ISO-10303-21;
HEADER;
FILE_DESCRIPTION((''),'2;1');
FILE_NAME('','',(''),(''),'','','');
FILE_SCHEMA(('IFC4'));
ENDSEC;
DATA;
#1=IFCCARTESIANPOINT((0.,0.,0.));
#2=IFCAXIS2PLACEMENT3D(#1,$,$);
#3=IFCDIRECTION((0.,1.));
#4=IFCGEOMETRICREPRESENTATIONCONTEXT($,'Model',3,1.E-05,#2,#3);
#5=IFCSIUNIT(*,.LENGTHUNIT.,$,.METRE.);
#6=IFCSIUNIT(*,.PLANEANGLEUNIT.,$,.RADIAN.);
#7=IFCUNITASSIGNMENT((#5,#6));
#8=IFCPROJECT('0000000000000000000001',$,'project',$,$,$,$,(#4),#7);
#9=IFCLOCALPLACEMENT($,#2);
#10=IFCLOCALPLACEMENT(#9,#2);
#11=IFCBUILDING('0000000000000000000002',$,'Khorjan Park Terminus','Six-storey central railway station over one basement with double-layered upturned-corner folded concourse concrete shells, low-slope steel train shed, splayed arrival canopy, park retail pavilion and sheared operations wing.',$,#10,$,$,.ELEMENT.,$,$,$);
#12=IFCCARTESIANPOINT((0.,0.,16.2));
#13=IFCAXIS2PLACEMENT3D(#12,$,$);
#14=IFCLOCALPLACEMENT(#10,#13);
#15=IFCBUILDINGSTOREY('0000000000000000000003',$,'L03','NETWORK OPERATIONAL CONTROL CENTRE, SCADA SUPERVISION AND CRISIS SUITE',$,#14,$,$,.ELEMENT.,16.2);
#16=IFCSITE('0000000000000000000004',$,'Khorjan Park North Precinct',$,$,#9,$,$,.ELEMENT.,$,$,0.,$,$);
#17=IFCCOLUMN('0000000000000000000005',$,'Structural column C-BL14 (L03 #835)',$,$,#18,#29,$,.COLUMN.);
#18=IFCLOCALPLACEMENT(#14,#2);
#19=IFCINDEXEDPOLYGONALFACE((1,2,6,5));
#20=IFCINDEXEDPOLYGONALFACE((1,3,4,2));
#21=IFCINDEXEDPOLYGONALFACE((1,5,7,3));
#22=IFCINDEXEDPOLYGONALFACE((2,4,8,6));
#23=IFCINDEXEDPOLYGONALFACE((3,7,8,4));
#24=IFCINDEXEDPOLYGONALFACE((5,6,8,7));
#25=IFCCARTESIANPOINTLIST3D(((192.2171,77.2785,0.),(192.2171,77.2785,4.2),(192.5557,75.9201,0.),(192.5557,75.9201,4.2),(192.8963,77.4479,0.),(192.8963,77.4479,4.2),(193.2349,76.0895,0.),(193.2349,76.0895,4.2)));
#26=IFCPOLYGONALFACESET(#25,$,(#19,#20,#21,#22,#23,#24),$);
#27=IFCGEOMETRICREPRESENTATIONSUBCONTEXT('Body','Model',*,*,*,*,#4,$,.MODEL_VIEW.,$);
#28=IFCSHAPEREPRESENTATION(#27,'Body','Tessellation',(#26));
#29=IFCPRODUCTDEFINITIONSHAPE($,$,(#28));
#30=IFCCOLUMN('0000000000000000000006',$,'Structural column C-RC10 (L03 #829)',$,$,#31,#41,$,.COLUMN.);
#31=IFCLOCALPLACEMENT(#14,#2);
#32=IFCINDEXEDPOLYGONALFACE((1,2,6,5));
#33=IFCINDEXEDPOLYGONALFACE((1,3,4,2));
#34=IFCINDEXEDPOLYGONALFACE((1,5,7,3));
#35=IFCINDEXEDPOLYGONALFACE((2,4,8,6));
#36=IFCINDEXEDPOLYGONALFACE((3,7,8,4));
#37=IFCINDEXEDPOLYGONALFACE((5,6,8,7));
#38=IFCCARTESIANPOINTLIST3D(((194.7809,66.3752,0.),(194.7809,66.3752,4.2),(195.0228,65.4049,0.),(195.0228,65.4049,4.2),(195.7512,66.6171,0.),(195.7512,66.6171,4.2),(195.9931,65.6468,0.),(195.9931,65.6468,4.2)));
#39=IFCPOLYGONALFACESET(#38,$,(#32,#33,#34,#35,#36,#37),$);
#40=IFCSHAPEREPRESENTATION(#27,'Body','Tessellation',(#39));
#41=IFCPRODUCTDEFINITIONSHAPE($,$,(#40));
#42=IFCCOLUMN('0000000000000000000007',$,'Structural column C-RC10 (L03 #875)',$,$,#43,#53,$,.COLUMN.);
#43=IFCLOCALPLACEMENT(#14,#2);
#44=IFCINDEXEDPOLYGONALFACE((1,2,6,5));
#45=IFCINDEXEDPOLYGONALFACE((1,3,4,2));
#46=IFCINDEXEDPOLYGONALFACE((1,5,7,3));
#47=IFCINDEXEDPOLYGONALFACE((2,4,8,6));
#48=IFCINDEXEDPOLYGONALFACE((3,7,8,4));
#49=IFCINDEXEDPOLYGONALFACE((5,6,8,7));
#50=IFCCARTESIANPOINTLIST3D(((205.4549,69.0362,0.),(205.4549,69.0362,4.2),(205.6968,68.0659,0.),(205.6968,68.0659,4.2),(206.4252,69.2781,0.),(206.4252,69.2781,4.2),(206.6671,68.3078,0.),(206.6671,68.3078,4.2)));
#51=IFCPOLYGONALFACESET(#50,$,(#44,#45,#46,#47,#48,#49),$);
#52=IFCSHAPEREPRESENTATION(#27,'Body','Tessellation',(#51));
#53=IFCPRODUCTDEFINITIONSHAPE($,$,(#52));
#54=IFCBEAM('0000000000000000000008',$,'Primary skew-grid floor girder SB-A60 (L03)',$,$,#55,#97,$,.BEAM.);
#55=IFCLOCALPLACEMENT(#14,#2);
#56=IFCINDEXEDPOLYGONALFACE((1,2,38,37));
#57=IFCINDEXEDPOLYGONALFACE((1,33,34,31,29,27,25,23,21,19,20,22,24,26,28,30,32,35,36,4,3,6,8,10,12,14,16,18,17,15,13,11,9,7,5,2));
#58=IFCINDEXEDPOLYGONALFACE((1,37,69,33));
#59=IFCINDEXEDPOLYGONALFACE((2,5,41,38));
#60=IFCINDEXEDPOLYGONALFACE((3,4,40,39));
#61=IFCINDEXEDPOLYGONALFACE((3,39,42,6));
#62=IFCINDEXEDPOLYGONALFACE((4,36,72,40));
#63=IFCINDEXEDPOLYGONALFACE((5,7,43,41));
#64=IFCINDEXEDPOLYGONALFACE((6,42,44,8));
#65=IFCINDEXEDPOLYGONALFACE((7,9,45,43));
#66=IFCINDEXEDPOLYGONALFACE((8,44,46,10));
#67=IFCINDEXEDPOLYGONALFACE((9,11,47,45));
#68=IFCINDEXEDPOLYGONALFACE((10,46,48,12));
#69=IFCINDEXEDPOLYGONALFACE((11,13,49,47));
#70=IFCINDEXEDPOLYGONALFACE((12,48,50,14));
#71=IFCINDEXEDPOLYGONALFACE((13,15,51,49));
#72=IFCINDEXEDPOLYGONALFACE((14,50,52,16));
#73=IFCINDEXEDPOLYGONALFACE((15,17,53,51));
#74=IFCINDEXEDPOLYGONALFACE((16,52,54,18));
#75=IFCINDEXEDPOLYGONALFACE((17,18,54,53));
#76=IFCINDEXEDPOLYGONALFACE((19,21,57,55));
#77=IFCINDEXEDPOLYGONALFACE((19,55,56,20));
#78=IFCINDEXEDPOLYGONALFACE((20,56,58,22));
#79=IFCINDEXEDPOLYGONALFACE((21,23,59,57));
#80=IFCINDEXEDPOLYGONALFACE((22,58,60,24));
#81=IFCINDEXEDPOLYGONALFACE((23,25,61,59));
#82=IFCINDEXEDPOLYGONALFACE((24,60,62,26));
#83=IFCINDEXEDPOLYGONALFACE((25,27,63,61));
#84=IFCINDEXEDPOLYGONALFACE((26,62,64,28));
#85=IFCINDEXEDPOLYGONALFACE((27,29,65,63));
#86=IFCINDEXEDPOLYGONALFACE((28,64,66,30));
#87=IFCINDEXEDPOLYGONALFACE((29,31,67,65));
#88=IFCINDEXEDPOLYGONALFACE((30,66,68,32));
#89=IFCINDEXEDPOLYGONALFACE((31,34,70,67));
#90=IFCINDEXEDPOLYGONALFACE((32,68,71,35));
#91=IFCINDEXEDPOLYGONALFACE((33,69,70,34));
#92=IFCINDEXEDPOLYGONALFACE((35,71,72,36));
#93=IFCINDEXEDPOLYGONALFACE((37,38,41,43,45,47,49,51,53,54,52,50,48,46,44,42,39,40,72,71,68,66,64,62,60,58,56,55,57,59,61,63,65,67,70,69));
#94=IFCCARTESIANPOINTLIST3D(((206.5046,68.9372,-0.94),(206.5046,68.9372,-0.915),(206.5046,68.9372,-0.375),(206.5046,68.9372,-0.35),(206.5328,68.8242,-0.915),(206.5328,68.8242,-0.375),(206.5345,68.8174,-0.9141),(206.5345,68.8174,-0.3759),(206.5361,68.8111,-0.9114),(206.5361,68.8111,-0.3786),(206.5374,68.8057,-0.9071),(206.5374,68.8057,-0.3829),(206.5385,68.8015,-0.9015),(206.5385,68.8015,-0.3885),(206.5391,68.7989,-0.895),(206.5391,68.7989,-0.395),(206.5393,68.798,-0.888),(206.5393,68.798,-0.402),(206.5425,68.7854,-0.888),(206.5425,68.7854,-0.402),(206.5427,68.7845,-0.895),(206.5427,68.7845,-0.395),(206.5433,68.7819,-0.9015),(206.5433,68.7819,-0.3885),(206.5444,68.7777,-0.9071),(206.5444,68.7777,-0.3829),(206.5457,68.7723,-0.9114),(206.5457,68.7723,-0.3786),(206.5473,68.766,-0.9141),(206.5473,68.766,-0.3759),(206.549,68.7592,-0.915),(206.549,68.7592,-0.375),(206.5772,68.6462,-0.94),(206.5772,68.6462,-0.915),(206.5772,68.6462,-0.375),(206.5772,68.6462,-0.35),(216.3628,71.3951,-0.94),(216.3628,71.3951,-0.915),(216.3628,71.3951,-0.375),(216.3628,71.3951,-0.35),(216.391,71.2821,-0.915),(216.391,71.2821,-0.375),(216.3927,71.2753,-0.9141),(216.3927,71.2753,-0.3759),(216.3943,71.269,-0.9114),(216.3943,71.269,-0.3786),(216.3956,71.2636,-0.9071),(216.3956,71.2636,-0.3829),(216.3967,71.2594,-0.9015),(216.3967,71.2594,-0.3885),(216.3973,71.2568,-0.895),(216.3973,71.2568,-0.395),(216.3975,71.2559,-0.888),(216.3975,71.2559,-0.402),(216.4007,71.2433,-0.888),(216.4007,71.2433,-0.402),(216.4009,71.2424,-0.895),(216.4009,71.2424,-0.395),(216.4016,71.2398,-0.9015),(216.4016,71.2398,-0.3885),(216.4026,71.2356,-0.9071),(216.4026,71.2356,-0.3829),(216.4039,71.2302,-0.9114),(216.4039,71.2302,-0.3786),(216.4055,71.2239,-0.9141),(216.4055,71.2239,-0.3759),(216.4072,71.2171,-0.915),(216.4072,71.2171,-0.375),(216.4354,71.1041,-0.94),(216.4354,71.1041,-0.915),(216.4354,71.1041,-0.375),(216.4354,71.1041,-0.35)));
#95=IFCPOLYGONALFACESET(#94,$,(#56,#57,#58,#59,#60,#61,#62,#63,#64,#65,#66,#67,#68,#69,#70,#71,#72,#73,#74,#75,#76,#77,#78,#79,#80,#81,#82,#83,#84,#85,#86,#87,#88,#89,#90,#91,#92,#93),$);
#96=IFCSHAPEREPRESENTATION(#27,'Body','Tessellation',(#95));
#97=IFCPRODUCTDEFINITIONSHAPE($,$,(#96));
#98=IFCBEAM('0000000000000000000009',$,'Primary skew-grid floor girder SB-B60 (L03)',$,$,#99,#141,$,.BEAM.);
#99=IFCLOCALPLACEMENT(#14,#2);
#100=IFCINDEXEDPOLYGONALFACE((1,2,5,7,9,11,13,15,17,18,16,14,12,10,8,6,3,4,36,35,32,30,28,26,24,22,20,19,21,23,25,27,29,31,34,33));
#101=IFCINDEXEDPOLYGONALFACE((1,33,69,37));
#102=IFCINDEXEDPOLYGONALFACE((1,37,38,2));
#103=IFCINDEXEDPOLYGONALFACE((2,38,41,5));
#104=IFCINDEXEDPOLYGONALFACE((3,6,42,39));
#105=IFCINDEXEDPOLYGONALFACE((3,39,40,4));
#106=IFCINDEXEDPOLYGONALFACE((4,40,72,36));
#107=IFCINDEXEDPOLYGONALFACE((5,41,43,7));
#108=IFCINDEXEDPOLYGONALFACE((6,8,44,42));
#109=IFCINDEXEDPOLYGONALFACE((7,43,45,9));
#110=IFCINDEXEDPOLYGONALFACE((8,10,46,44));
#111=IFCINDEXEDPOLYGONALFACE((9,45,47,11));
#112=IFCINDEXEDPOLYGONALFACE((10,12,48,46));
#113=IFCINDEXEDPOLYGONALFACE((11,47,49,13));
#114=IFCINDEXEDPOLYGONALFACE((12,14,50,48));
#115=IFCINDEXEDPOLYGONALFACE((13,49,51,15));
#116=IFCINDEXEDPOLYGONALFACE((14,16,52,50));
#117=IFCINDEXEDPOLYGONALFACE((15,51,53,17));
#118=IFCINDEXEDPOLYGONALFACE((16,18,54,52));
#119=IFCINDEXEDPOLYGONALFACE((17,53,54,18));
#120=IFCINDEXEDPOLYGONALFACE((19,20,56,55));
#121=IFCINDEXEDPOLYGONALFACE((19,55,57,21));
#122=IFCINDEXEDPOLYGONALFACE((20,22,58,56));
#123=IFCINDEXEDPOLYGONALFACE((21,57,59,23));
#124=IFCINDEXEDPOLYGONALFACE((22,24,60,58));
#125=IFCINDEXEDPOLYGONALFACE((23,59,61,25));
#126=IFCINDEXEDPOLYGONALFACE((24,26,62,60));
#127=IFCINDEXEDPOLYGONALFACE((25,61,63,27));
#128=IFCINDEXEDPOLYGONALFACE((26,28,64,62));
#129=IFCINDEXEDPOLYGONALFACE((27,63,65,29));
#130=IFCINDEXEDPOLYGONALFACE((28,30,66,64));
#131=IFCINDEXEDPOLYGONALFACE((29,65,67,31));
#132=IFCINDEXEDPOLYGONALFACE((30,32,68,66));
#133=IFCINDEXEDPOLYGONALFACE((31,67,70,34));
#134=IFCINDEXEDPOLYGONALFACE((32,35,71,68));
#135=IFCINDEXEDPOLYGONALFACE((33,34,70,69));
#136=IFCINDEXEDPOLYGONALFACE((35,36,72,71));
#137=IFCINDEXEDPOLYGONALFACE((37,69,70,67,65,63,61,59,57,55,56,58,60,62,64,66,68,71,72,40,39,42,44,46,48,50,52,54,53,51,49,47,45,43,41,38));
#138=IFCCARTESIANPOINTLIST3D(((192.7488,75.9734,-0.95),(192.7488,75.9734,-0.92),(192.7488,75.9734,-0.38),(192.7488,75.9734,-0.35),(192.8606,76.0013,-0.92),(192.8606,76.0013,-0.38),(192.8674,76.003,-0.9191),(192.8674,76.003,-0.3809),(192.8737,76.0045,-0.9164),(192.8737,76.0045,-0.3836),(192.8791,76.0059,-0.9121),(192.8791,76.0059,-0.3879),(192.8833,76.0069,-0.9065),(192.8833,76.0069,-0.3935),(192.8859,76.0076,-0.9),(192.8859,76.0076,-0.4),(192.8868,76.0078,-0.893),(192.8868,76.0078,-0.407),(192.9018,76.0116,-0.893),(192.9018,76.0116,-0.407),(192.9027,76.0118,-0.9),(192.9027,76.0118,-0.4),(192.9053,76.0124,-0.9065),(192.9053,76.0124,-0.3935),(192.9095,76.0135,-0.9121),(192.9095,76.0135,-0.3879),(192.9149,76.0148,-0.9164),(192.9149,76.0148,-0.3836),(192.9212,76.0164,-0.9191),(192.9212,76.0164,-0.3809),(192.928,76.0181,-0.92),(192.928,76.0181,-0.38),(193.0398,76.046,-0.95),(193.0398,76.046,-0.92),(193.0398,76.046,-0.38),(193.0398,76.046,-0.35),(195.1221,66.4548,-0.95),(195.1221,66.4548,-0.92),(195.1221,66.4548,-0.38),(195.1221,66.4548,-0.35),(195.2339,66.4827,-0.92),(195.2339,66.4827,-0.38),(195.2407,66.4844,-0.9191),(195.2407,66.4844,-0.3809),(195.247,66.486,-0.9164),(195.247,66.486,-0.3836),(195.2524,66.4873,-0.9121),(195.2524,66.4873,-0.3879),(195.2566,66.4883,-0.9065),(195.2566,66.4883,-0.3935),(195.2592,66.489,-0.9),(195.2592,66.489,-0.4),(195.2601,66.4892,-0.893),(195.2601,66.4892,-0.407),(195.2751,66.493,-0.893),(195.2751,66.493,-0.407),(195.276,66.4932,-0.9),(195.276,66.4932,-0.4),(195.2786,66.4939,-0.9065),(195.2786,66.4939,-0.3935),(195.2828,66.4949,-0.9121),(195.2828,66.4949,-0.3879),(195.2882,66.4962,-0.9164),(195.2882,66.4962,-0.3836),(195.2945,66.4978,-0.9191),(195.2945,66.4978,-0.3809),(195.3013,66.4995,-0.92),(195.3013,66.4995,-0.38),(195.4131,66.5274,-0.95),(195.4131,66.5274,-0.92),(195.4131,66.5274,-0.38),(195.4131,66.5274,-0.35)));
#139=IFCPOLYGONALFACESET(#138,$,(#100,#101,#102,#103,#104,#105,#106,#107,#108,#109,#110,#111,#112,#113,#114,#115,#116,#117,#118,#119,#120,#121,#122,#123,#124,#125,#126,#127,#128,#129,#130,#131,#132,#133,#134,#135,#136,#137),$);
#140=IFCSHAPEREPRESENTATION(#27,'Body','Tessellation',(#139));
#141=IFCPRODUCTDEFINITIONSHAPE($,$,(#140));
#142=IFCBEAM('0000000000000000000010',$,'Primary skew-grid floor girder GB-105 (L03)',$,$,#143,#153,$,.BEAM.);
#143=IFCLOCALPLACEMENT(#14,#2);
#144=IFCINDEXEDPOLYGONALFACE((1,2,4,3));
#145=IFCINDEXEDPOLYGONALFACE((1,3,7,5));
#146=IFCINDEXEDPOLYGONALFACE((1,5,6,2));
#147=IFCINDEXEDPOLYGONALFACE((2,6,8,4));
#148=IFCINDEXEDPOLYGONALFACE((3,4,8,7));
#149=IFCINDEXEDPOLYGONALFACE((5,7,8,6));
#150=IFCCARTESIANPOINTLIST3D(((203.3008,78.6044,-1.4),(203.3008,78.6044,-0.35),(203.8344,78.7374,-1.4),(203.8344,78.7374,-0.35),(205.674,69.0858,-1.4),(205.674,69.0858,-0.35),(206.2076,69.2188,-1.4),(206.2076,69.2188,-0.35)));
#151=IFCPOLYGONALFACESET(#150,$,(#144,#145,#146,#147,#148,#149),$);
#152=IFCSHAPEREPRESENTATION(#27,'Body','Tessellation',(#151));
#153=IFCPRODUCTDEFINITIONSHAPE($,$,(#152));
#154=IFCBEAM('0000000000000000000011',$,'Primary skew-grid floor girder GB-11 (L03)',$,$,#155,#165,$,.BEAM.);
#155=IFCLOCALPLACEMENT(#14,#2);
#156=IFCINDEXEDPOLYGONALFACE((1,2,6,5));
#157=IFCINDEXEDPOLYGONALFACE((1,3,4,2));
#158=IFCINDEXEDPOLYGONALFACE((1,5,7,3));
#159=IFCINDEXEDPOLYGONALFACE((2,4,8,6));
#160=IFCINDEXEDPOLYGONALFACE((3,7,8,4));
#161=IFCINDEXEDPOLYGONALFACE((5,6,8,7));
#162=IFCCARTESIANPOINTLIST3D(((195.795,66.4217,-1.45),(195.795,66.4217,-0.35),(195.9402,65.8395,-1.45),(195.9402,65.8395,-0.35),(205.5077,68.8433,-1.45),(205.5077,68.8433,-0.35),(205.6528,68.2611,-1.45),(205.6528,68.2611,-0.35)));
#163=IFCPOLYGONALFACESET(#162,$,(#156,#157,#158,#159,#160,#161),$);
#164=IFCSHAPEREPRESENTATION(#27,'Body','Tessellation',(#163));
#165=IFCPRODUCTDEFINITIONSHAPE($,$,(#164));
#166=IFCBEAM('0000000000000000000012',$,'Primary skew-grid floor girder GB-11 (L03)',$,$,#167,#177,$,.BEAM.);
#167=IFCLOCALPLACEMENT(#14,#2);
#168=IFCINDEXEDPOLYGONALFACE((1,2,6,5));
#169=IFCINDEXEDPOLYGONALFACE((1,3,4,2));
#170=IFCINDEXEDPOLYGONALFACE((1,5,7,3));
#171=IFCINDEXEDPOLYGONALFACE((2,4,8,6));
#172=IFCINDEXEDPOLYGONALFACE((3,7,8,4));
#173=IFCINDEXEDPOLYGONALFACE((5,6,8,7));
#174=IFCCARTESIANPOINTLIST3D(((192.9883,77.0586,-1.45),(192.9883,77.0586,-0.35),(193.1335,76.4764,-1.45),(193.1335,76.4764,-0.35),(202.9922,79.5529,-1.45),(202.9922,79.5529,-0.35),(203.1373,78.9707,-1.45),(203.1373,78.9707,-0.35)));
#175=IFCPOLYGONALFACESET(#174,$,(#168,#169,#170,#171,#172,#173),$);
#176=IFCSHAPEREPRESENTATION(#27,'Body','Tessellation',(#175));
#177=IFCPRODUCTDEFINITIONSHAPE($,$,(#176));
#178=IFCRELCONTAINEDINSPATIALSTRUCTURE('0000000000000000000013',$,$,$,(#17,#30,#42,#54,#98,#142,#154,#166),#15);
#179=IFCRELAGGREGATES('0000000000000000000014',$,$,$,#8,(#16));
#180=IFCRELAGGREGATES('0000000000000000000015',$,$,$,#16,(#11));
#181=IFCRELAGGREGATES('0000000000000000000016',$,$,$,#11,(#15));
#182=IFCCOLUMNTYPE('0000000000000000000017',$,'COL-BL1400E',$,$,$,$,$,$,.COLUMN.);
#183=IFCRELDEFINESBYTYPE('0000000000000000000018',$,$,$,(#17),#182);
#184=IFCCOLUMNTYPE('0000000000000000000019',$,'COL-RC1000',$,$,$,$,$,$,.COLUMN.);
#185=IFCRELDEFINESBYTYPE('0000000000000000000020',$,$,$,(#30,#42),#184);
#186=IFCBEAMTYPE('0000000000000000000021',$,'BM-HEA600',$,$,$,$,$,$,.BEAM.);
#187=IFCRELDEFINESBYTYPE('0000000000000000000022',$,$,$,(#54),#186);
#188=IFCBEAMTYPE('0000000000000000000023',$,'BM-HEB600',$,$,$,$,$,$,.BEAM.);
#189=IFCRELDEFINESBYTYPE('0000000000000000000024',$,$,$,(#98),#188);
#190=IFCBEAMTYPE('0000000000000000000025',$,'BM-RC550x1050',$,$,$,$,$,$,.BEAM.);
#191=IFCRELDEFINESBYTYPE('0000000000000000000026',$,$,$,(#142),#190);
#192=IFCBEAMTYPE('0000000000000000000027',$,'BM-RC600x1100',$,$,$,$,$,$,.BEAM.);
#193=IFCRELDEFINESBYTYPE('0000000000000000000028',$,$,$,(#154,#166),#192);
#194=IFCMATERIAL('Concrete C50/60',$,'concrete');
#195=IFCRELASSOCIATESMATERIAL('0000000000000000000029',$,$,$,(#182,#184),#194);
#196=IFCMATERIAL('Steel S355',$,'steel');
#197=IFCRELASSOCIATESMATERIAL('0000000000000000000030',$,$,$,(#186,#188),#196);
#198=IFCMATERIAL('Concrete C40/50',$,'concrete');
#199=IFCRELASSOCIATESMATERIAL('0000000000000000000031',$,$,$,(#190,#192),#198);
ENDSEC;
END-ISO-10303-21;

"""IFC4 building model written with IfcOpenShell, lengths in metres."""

from ifc_helpers import new_model, si_unit, direction, frame, origin, origin_2d, place, context, subcontext, project, spatial, rectangle, i_section, extrude, material, material_profile, profile_set, type_object, element, save


model = new_model("IFC4")

# Units and contexts
model_context = context("Model", 3, precision=1e-05, world=origin(), true_north=direction((0.0, 1.0)))
body_context = subcontext(model_context, "Body", "Model", "MODEL_VIEW")
ifc_project = project(units=[si_unit("LENGTHUNIT", "METRE"), si_unit("PLANEANGLEUNIT", "RADIAN")], contexts=[model_context])

# Site, building, storey
site_placement = place(None, origin())
site = spatial("IfcSite", under=ifc_project, at=site_placement, Name="Khorjan Park North Precinct", CompositionType="ELEMENT", RefElevation=0.0)
building_placement = place(site_placement, origin())
building = spatial("IfcBuilding", under=site, at=building_placement, Name="Khorjan Park Terminus", Description="Six-storey central railway station over one basement with double-layered upturned-corner folded concourse concrete shells, low-slope steel train shed, splayed arrival canopy, park retail pavilion and sheared operations wing.", CompositionType="ELEMENT")
storey_placement = place(building_placement, frame((0.0, 0.0, 16.2)))
storey = spatial("IfcBuildingStorey", under=building, at=storey_placement, Name="L03", Description="NETWORK OPERATIONAL CONTROL CENTRE, SCADA SUPERVISION AND CRISIS SUITE", CompositionType="ELEMENT", Elevation=16.2)

# Columns
ifc_material_1 = material(Name="Concrete C50/60", Category="concrete")
ifc_material_profile_1 = material_profile(ifc_material_1, rectangle(XDim=0.7, YDim=1.4, at=origin_2d()), Name="RC 700x1400")
ifc_profile_set_1 = profile_set([ifc_material_profile_1], Name="Concrete C50/60")
column_type_1 = type_object("IfcColumnType", Name="COL-BL1400E", PredefinedType="COLUMN", material=ifc_profile_set_1)
column_placement = place(storey_placement, frame((192.726, 76.684, 0.0), z_axis=(0.0, 0.0, 1.0), x_axis=(0.970296, 0.241922, 0.0)))
element("IfcColumn", 1, at=column_placement, inside=storey, type_object=column_type_1, Name="Structural column C-BL14 (L03 #835)", PredefinedType="COLUMN", context=body_context, shape_type="SweptSolid", body=[
    extrude(rectangle(XDim=0.7, YDim=1.4, at=origin_2d()), origin(), (0.0, 0.0, 1.0), 4.2),
])
ifc_material_profile_2 = material_profile(ifc_material_1, rectangle(XDim=1.0, YDim=1.0, at=origin_2d()), Name="RC 1000x1000")
ifc_profile_set_2 = profile_set([ifc_material_profile_2], Name="Concrete C50/60")
column_type_2 = type_object("IfcColumnType", Name="COL-RC1000", PredefinedType="COLUMN", material=ifc_profile_set_2)
for number, where, z_axis, x_axis, name in (
    (2, (195.387, 66.011, 0.0), (0.0, 0.0, 1.0), (0.970296, 0.241922, 0.0), "Structural column C-RC10 (L03 #829)"),
    (3, (206.061, 68.672, 0.0), (0.0, 0.0, 1.0), (0.970296, 0.241922, 0.0), "Structural column C-RC10 (L03 #875)"),
):
    element("IfcColumn", number, at=place(storey_placement, frame(where, z_axis=z_axis, x_axis=x_axis)), inside=storey, type_object=column_type_2, Name=name, PredefinedType="COLUMN", context=body_context, shape_type="SweptSolid", body=[
        extrude(rectangle(XDim=1.0, YDim=1.0, at=origin_2d()), origin(), (0.0, 0.0, 1.0), 4.2),
    ])

# Beams
ifc_material_2 = material(Name="Steel S355", Category="steel")
ifc_material_profile_3 = material_profile(ifc_material_2, i_section(OverallWidth=0.3, OverallDepth=0.59, WebThickness=0.013, FlangeThickness=0.025, FilletRadius=0.027, at=origin_2d()), Name="HEA 600")
ifc_profile_set_3 = profile_set([ifc_material_profile_3], Name="Steel S355")
beam_type_1 = type_object("IfcBeamType", Name="BM-HEA600", PredefinedType="BEAM", material=ifc_profile_set_3)
beam_1_placement = place(storey_placement, frame((206.5409, 68.7917, -0.645), z_axis=(0.970296, 0.24192, 0.0), x_axis=(-0.24192, 0.970296, 0.0)))
element("IfcBeam", 4, at=beam_1_placement, inside=storey, type_object=beam_type_1, Name="Primary skew-grid floor girder SB-A60 (L03)", PredefinedType="BEAM", context=body_context, shape_type="SweptSolid", body=[
    extrude(i_section(OverallWidth=0.3, OverallDepth=0.59, WebThickness=0.013, FlangeThickness=0.025, FilletRadius=0.027, at=origin_2d()), origin(), (0.0, 0.0, 1.0), 10.16),
])
ifc_material_profile_4 = material_profile(ifc_material_2, i_section(OverallWidth=0.3, OverallDepth=0.6, WebThickness=0.0155, FlangeThickness=0.03, FilletRadius=0.027, at=origin_2d()), Name="HEB 600")
ifc_profile_set_4 = profile_set([ifc_material_profile_4], Name="Steel S355")
beam_type_2 = type_object("IfcBeamType", Name="BM-HEB600", PredefinedType="BEAM", material=ifc_profile_set_4)
beam_2_placement = place(storey_placement, frame((195.2676, 66.4911, -0.65), z_axis=(-0.241926, 0.970295, 0.0), x_axis=(-0.970295, -0.241926, 0.0)))
element("IfcBeam", 5, at=beam_2_placement, inside=storey, type_object=beam_type_2, Name="Primary skew-grid floor girder SB-B60 (L03)", PredefinedType="BEAM", context=body_context, shape_type="SweptSolid", body=[
    extrude(i_section(OverallWidth=0.3, OverallDepth=0.6, WebThickness=0.0155, FlangeThickness=0.03, FilletRadius=0.027, at=origin_2d()), origin(), (0.0, 0.0, 1.0), 9.81),
])
ifc_material_3 = material(Name="Concrete C40/50", Category="concrete")
ifc_material_profile_5 = material_profile(ifc_material_3, rectangle(XDim=0.55, YDim=1.05, at=origin_2d()), Name="RC 550x1050")
ifc_profile_set_5 = profile_set([ifc_material_profile_5], Name="Concrete C40/50")
beam_type_3 = type_object("IfcBeamType", Name="BM-RC550x1050", PredefinedType="BEAM", material=ifc_profile_set_5)
beam_3_placement = place(storey_placement, frame((205.9408, 69.1523, -0.875), z_axis=(-0.241917, 0.970297, 0.0), x_axis=(-0.970297, -0.241917, 0.0)))
element("IfcBeam", 6, at=beam_3_placement, inside=storey, type_object=beam_type_3, Name="Primary skew-grid floor girder GB-105 (L03)", PredefinedType="BEAM", context=body_context, shape_type="SweptSolid", body=[
    extrude(rectangle(XDim=0.55, YDim=1.05, at=origin_2d()), origin(), (0.0, 0.0, 1.0), 9.81),
])
ifc_material_profile_6 = material_profile(ifc_material_3, rectangle(XDim=0.6, YDim=1.1, at=origin_2d()), Name="RC 600x1100")
ifc_profile_set_6 = profile_set([ifc_material_profile_6], Name="Concrete C40/50")
beam_type_4 = type_object("IfcBeamType", Name="BM-RC600x1100", PredefinedType="BEAM", material=ifc_profile_set_6)
beam_4_placement = place(storey_placement, frame((195.8676, 66.1306, -0.9), z_axis=(0.970297, 0.241917, 0.0), x_axis=(-0.241917, 0.970297, 0.0)))
element("IfcBeam", 7, at=beam_4_placement, inside=storey, type_object=beam_type_4, Name="Primary skew-grid floor girder GB-11 (L03)", PredefinedType="BEAM", context=body_context, shape_type="SweptSolid", body=[
    extrude(rectangle(XDim=0.6, YDim=1.1, at=origin_2d()), origin(), (0.0, 0.0, 1.0), 10.01),
])
beam_5_placement = place(storey_placement, frame((193.0609, 76.7675, -0.9), z_axis=(0.970294, 0.241929, 0.0), x_axis=(-0.241929, 0.970294, 0.0)))
element("IfcBeam", 8, at=beam_5_placement, inside=storey, type_object=beam_type_4, Name="Primary skew-grid floor girder GB-11 (L03)", PredefinedType="BEAM", context=body_context, shape_type="SweptSolid", body=[
    extrude(rectangle(XDim=0.6, YDim=1.1, at=origin_2d()), origin(), (0.0, 0.0, 1.0), 10.3101),
])

save(model, "model.ifc")
